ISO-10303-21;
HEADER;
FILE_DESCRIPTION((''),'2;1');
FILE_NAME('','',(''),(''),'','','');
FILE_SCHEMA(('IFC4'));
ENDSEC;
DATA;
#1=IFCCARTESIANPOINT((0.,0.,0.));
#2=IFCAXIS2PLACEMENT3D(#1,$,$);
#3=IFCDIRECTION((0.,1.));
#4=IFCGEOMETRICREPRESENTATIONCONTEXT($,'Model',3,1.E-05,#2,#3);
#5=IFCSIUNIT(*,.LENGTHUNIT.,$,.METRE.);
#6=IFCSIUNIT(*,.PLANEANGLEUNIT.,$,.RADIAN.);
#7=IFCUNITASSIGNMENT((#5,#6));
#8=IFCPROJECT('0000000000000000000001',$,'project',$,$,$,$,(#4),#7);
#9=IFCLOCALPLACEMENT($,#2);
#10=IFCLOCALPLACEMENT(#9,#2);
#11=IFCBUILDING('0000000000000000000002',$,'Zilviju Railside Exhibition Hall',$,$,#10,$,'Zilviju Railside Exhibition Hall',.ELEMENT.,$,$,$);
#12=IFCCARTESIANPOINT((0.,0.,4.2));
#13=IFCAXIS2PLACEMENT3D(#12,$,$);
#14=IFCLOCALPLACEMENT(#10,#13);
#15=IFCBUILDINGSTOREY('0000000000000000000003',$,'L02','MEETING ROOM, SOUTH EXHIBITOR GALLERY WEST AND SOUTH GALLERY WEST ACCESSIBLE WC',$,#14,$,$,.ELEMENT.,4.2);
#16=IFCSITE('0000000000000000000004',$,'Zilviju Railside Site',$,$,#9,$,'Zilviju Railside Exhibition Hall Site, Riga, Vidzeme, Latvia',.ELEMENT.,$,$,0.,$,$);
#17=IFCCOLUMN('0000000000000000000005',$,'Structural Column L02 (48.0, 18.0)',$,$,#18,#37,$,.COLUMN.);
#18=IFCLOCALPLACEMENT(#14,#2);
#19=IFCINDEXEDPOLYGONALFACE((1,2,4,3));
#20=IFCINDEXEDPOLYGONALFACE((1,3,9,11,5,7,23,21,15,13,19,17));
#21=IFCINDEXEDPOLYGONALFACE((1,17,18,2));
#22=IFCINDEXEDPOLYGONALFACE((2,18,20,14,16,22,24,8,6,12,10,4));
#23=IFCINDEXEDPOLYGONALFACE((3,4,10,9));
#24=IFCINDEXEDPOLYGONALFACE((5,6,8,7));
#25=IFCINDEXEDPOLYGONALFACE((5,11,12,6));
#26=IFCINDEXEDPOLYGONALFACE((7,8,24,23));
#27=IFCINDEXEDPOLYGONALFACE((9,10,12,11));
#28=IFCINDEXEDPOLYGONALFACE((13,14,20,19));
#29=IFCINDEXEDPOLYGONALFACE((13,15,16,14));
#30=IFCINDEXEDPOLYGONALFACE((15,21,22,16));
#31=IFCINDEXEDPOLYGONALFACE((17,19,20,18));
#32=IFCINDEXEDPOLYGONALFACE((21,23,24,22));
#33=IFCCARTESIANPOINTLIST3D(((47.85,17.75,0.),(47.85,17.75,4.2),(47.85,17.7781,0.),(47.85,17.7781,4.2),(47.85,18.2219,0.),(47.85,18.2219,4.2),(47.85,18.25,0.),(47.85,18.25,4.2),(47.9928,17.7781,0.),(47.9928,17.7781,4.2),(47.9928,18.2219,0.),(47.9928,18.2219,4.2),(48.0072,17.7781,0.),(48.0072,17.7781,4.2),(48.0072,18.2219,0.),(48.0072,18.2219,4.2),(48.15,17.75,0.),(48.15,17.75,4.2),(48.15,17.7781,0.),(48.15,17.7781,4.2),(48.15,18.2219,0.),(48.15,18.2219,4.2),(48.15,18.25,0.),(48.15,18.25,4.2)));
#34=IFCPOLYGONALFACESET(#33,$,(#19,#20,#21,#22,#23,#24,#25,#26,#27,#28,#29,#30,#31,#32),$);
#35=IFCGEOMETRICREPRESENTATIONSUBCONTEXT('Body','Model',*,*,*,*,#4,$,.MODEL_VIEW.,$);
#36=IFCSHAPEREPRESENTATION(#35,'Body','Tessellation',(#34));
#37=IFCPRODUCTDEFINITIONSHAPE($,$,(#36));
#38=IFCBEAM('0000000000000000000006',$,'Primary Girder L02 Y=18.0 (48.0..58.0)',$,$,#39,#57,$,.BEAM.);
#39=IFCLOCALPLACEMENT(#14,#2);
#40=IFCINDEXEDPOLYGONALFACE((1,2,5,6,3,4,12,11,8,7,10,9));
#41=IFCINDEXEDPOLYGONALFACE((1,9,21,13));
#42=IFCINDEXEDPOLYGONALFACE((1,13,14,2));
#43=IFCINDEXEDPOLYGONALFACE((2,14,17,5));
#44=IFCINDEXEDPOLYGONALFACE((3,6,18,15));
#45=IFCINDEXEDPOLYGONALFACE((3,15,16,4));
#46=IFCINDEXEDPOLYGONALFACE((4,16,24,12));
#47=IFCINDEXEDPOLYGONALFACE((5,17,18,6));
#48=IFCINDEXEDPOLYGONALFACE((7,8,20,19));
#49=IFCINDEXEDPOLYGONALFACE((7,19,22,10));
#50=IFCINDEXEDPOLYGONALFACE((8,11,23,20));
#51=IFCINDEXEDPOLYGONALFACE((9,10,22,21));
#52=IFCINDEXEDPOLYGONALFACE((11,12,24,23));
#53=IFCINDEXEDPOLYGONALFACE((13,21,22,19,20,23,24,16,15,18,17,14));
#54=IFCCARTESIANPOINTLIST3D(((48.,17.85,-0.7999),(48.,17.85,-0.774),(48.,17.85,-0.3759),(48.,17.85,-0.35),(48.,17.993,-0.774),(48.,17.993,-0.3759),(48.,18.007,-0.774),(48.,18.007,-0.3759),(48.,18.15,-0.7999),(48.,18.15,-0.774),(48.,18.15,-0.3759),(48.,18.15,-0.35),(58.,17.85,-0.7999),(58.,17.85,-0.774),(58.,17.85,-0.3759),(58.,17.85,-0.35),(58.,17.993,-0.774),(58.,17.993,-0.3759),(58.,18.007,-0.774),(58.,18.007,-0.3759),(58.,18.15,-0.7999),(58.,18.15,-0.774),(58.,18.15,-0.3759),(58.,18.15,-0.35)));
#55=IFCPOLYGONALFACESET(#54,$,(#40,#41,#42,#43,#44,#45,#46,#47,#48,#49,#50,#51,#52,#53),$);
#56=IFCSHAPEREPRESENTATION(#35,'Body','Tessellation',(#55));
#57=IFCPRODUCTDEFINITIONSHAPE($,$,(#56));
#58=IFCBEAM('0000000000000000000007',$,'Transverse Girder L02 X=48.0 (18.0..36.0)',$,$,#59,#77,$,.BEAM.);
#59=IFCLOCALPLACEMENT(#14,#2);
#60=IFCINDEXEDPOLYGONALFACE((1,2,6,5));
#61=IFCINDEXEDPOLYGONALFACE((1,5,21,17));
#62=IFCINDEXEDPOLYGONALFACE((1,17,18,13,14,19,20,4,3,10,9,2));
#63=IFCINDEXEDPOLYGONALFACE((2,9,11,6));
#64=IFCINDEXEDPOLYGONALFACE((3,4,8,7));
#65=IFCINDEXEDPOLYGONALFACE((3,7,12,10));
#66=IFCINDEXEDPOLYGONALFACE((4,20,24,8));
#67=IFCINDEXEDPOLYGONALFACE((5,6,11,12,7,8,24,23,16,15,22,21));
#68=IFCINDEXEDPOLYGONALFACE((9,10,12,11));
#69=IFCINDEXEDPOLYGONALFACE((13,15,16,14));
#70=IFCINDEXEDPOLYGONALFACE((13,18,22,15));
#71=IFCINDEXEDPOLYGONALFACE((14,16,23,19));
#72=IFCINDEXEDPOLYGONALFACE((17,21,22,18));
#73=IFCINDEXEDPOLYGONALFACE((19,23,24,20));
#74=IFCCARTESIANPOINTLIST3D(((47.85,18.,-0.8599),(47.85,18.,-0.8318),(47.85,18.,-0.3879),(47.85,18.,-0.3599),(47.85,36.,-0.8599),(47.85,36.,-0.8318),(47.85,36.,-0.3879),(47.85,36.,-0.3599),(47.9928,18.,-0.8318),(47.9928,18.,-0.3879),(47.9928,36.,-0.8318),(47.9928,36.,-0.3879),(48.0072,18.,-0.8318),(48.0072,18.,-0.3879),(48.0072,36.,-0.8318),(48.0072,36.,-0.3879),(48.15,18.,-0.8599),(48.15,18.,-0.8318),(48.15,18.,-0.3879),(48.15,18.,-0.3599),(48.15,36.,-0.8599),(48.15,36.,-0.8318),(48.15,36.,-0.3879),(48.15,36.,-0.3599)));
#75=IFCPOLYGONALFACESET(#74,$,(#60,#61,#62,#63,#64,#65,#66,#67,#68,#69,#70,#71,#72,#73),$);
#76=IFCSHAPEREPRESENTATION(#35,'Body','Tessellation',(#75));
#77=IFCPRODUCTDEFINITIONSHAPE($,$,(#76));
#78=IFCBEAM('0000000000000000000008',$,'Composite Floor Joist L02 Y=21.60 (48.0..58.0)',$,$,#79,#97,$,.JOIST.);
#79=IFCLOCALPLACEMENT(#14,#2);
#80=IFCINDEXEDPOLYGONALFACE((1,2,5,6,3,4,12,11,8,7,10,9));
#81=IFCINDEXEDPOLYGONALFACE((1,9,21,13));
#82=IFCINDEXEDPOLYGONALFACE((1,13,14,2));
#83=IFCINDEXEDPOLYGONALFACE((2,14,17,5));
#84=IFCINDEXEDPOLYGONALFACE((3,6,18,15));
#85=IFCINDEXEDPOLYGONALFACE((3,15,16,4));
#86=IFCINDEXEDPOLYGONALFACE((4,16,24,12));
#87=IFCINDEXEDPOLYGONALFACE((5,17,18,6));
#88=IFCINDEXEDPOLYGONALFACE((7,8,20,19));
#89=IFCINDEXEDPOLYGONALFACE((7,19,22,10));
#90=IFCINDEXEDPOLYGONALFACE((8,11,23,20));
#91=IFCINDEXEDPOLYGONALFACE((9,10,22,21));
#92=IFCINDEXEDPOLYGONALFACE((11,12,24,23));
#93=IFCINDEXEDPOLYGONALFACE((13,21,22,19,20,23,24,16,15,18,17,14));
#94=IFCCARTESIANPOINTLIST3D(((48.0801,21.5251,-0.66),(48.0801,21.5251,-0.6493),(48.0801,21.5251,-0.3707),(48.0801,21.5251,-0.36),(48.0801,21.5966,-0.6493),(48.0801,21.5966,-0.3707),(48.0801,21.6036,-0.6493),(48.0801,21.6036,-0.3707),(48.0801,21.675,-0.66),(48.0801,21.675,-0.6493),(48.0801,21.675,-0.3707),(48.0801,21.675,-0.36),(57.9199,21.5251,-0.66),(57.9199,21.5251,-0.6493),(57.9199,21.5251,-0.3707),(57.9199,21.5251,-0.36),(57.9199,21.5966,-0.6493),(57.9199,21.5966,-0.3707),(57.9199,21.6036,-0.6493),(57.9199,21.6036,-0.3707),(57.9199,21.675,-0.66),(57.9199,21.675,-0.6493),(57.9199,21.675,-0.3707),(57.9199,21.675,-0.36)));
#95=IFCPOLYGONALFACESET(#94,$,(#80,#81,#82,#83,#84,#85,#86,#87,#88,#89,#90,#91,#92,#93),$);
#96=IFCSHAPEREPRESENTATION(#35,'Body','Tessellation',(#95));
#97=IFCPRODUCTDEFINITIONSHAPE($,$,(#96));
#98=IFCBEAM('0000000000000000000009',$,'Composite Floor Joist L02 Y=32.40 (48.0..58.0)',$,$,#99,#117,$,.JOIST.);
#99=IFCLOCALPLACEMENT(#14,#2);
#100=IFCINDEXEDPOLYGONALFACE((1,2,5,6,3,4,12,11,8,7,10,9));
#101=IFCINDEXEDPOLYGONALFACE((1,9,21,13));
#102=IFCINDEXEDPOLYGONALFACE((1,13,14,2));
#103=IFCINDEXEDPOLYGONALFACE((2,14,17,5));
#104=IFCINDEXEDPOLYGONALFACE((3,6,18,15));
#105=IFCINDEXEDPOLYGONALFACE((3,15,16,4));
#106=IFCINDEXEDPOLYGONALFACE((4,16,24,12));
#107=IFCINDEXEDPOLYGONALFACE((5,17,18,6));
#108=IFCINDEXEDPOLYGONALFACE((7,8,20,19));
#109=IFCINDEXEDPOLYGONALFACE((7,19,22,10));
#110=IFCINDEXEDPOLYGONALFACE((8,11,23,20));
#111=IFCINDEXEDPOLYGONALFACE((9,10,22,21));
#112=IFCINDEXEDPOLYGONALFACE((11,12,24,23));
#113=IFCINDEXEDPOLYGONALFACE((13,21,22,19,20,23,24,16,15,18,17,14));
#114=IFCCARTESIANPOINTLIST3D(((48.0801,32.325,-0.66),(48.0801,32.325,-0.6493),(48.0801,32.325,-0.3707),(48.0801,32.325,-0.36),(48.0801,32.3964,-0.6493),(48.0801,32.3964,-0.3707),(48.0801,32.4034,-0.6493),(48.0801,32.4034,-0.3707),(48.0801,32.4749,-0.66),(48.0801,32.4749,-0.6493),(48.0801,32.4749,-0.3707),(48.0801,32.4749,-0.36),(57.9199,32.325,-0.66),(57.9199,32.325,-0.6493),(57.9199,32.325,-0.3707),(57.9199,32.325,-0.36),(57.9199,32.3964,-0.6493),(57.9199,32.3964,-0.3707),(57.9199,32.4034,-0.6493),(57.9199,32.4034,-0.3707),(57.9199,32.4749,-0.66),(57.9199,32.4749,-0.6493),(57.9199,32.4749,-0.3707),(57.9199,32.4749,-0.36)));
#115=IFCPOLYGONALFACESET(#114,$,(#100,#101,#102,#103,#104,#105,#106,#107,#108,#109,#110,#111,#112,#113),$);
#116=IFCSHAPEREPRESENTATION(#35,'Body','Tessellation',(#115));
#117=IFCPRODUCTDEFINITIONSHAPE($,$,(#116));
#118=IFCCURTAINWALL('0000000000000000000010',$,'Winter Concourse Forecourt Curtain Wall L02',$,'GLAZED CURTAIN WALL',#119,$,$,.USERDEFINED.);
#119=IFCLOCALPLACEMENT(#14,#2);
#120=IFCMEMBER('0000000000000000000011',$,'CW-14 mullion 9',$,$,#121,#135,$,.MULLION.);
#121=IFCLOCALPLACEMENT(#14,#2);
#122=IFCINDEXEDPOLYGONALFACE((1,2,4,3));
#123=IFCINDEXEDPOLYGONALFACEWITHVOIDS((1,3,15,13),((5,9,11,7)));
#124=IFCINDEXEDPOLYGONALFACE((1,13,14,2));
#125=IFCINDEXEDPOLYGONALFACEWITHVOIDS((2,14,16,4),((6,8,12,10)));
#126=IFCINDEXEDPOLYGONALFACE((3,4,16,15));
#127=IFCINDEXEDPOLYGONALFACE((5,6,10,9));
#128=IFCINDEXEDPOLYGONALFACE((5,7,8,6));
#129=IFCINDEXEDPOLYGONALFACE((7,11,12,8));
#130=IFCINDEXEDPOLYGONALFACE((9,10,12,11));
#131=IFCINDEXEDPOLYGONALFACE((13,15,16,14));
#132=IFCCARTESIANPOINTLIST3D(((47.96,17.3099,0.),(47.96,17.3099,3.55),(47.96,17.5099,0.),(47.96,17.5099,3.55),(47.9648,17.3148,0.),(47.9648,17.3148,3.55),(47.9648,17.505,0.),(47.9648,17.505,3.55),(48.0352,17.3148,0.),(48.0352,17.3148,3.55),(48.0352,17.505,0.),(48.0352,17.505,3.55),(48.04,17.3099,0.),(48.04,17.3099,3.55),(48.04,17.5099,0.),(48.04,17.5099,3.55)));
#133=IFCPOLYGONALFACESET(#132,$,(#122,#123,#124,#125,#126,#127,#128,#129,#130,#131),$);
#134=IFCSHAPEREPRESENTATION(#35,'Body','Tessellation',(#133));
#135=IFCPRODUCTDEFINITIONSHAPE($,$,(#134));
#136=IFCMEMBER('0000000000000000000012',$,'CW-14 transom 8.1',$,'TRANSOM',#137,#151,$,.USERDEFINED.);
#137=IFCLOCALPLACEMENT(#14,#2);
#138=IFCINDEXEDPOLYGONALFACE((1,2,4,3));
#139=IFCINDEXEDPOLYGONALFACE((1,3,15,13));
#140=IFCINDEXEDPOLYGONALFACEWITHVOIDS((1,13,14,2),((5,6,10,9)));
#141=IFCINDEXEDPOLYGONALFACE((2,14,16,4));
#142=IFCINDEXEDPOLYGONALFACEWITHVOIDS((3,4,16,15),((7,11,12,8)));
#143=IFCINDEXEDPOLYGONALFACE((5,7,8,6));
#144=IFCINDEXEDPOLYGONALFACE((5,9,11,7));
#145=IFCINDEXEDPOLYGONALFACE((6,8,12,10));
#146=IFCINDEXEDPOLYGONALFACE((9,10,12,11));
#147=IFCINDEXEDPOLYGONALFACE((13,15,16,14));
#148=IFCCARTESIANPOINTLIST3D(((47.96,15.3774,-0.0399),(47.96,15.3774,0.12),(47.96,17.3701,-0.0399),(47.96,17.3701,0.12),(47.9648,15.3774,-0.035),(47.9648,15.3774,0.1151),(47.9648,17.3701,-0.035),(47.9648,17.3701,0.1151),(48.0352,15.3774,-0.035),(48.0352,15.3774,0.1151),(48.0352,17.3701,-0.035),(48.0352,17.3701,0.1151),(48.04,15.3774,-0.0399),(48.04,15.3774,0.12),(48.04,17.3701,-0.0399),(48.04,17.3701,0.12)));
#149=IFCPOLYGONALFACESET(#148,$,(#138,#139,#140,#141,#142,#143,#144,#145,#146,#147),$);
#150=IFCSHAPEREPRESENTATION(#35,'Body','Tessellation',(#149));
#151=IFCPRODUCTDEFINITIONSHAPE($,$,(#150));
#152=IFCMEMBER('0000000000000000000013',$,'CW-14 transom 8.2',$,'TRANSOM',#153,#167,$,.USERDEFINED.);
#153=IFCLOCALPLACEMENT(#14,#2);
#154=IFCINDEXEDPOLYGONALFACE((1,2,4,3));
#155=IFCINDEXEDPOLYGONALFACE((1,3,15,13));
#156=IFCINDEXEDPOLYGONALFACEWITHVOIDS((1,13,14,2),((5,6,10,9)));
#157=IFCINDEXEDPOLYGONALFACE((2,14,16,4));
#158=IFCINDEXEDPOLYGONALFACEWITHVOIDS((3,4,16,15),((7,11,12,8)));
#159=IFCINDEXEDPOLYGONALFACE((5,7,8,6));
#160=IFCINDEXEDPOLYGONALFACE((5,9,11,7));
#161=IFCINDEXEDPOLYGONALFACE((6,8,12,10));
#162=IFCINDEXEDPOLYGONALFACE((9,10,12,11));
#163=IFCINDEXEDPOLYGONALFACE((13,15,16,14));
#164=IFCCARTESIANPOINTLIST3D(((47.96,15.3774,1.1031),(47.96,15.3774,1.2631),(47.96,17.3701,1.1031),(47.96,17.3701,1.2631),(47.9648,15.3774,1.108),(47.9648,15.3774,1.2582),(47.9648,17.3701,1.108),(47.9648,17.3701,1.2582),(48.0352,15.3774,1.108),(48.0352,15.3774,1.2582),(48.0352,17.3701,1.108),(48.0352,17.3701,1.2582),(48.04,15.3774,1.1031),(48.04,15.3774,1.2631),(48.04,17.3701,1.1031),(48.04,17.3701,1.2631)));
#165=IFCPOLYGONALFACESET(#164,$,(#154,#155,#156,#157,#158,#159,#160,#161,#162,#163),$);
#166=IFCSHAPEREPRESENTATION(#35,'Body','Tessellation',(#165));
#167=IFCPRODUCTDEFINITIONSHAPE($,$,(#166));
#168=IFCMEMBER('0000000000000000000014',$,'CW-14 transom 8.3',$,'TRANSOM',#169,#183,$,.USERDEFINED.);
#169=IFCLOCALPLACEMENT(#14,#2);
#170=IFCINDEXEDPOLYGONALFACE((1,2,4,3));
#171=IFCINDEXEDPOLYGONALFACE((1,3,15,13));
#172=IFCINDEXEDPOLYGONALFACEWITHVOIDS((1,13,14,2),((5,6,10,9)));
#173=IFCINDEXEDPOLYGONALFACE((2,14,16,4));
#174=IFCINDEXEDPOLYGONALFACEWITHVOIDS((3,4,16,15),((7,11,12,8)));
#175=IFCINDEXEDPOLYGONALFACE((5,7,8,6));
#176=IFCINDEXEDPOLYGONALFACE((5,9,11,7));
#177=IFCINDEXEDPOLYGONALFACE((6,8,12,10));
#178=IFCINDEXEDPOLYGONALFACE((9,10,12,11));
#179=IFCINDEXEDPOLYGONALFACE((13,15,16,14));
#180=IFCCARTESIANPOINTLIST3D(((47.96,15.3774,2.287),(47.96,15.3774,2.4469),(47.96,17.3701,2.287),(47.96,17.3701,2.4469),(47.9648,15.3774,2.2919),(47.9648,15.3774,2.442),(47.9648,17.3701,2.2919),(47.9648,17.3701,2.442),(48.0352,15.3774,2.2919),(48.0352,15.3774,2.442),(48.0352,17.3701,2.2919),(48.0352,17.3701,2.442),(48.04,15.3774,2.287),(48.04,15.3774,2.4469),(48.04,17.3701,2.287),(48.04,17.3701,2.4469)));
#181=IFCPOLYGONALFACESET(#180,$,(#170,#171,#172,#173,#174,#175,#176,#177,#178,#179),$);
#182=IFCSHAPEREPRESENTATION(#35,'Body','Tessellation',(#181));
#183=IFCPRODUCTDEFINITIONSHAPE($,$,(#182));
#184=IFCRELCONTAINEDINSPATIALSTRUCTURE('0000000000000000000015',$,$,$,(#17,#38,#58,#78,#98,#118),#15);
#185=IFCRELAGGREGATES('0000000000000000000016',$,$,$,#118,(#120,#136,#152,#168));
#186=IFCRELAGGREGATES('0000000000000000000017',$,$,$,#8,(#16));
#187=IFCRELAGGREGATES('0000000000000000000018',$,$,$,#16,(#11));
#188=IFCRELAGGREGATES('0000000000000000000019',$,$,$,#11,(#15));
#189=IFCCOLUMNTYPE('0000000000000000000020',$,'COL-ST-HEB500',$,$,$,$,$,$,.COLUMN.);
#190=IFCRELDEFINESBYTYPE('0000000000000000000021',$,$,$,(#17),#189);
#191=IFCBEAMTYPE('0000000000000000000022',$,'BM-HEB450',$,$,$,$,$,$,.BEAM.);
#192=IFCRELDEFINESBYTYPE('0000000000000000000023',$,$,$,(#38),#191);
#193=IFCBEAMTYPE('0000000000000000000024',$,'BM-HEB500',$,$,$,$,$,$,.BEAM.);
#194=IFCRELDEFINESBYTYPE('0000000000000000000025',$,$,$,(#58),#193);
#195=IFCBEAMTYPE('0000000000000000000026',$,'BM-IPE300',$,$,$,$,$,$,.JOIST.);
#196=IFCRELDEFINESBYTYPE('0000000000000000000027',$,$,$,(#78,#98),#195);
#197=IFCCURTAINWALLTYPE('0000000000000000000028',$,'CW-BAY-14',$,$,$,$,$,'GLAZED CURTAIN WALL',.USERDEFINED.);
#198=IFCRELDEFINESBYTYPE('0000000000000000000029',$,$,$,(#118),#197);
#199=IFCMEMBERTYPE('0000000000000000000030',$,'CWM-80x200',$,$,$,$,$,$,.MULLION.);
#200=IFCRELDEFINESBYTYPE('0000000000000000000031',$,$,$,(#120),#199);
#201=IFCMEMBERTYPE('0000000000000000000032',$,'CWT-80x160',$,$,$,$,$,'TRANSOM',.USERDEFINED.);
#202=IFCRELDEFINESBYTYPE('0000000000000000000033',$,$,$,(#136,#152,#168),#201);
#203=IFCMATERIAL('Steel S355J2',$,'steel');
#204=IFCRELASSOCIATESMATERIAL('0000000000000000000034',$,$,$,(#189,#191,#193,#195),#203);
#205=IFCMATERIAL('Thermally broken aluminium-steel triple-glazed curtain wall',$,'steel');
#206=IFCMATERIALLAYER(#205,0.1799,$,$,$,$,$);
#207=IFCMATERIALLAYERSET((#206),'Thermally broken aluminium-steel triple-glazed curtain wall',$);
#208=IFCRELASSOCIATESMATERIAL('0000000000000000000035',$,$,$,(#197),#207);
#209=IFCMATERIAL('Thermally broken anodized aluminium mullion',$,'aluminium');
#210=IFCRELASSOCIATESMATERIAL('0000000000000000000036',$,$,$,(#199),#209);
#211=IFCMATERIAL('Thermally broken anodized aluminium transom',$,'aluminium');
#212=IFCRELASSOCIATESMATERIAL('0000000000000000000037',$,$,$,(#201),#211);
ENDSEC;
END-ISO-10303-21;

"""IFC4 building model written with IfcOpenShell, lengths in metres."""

from ifc_helpers import new_model, si_unit, direction, frame, origin, origin_2d, place, context, subcontext, project, spatial, hollow_rectangle, i_section, extrude, material, layer, layer_set, material_profile, profile_set, type_object, element, aggregate, save


model = new_model("IFC4")

# Units and contexts
model_context = context("Model", 3, precision=1e-05, world=origin(), true_north=direction((0.0, 1.0)))
body_context = subcontext(model_context, "Body", "Model", "MODEL_VIEW")
ifc_project = project(units=[si_unit("LENGTHUNIT", "METRE"), si_unit("PLANEANGLEUNIT", "RADIAN")], contexts=[model_context])

# Site, building, storey
site_placement = place(None, origin())
site = spatial("IfcSite", under=ifc_project, at=site_placement, Name="Zilviju Railside Site", LongName="Zilviju Railside Exhibition Hall Site, Riga, Vidzeme, Latvia", CompositionType="ELEMENT", RefElevation=0.0)
building_placement = place(site_placement, origin())
building = spatial("IfcBuilding", under=site, at=building_placement, Name="Zilviju Railside Exhibition Hall", LongName="Zilviju Railside Exhibition Hall", CompositionType="ELEMENT")
storey_placement = place(building_placement, frame((0.0, 0.0, 4.2)))
storey = spatial("IfcBuildingStorey", under=building, at=storey_placement, Name="L02", Description="MEETING ROOM, SOUTH EXHIBITOR GALLERY WEST AND SOUTH GALLERY WEST ACCESSIBLE WC", CompositionType="ELEMENT", Elevation=4.2)

# Column
ifc_material_1 = material(Name="Steel S355J2", Category="steel")
ifc_material_profile_1 = material_profile(ifc_material_1, i_section(OverallWidth=0.3, OverallDepth=0.5, WebThickness=0.0144, FlangeThickness=0.0281, at=origin_2d()), Name="HEB 500")
ifc_profile_set_1 = profile_set([ifc_material_profile_1], Name="Steel S355J2")
column_type = type_object("IfcColumnType", Name="COL-ST-HEB500", PredefinedType="COLUMN", material=ifc_profile_set_1)
column_placement = place(storey_placement, frame((48.0, 18.0, 0.0), z_axis=(0.0, 0.0, 1.0), x_axis=(1.0, 0.0, 0.0)))
element("IfcColumn", 1, at=column_placement, inside=storey, type_object=column_type, Name="Structural Column L02 (48.0, 18.0)", PredefinedType="COLUMN", context=body_context, shape_type="SweptSolid", body=[
    extrude(i_section(OverallWidth=0.3, OverallDepth=0.5, WebThickness=0.0144, FlangeThickness=0.0281, at=origin_2d()), origin(), (0.0, 0.0, 1.0), 4.2),
])

# Beams
ifc_material_profile_2 = material_profile(ifc_material_1, i_section(OverallWidth=0.3, OverallDepth=0.45, WebThickness=0.0139, FlangeThickness=0.0259, at=origin_2d()), Name="HEB 450")
ifc_profile_set_2 = profile_set([ifc_material_profile_2], Name="Steel S355J2")
beam_type_1 = type_object("IfcBeamType", Name="BM-HEB450", PredefinedType="BEAM", material=ifc_profile_set_2)
beam_1_placement = place(storey_placement, frame((48.0, 18.0, -0.575), z_axis=(1.0, 0.0, 0.0), x_axis=(0.0, 1.0, 0.0)))
element("IfcBeam", 2, at=beam_1_placement, inside=storey, type_object=beam_type_1, Name="Primary Girder L02 Y=18.0 (48.0..58.0)", PredefinedType="BEAM", context=body_context, shape_type="SweptSolid", body=[
    extrude(i_section(OverallWidth=0.3, OverallDepth=0.45, WebThickness=0.0139, FlangeThickness=0.0259, at=origin_2d()), origin(), (0.0, 0.0, 1.0), 10.0),
])
ifc_material_profile_3 = material_profile(ifc_material_1, i_section(OverallWidth=0.3, OverallDepth=0.5, WebThickness=0.0144, FlangeThickness=0.0281, at=origin_2d()), Name="HEB 500")
ifc_profile_set_3 = profile_set([ifc_material_profile_3], Name="Steel S355J2")
beam_type_2 = type_object("IfcBeamType", Name="BM-HEB500", PredefinedType="BEAM", material=ifc_profile_set_3)
beam_2_placement = place(storey_placement, frame((48.0, 18.0, -0.6099), z_axis=(0.0, 1.0, 0.0), x_axis=(-1.0, 0.0, 0.0)))
element("IfcBeam", 3, at=beam_2_placement, inside=storey, type_object=beam_type_2, Name="Transverse Girder L02 X=48.0 (18.0..36.0)", PredefinedType="BEAM", context=body_context, shape_type="SweptSolid", body=[
    extrude(i_section(OverallWidth=0.3, OverallDepth=0.5, WebThickness=0.0144, FlangeThickness=0.0281, at=origin_2d()), origin(), (0.0, 0.0, 1.0), 18.0),
])
ifc_material_profile_4 = material_profile(ifc_material_1, i_section(OverallWidth=0.1499, OverallDepth=0.3, WebThickness=0.0071, FlangeThickness=0.0107, at=origin_2d()), Name="IPE 300")
ifc_profile_set_4 = profile_set([ifc_material_profile_4], Name="Steel S355J2")
beam_type_3 = type_object("IfcBeamType", Name="BM-IPE300", PredefinedType="JOIST", material=ifc_profile_set_4)
for number, where, z_axis, x_axis, name in (
    (4, (48.0801, 21.6001, -0.51), (1.0, 0.0, 0.0), (0.0, 1.0, 0.0), "Composite Floor Joist L02 Y=21.60 (48.0..58.0)"),
    (5, (48.0801, 32.3999, -0.51), (1.0, 0.0, 0.0), (0.0, 1.0, 0.0), "Composite Floor Joist L02 Y=32.40 (48.0..58.0)"),
):
    element("IfcBeam", number, at=place(storey_placement, frame(where, z_axis=z_axis, x_axis=x_axis)), inside=storey, type_object=beam_type_3, Name=name, PredefinedType="JOIST", context=body_context, shape_type="SweptSolid", body=[
        extrude(i_section(OverallWidth=0.1499, OverallDepth=0.3, WebThickness=0.0071, FlangeThickness=0.0107, at=origin_2d()), origin(), (0.0, 0.0, 1.0), 9.8398),
    ])

# Curtain wall, members
ifc_material_2 = material(Name="Thermally broken aluminium-steel triple-glazed curtain wall", Category="steel")
ifc_layer_1 = layer(ifc_material_2, 0.1799)
ifc_layer_set_1 = layer_set([ifc_layer_1], Name="Thermally broken aluminium-steel triple-glazed curtain wall")
curtain_wall_type = type_object("IfcCurtainWallType", Name="CW-BAY-14", ElementType="GLAZED CURTAIN WALL", PredefinedType="USERDEFINED", material=ifc_layer_set_1)
curtain_wall_placement = place(storey_placement, origin())
curtain_wall = element("IfcCurtainWall", 6, at=curtain_wall_placement, inside=storey, type_object=curtain_wall_type, Name="Winter Concourse Forecourt Curtain Wall L02", ObjectType="GLAZED CURTAIN WALL", PredefinedType="USERDEFINED")
ifc_material_3 = material(Name="Thermally broken anodized aluminium mullion", Category="aluminium")
ifc_material_profile_5 = material_profile(ifc_material_3, hollow_rectangle(XDim=0.0801, YDim=0.2, WallThickness=0.0049, at=origin_2d()), Name="MULLION 200x80x5")
ifc_profile_set_5 = profile_set([ifc_material_profile_5], Name="Thermally broken anodized aluminium mullion")
member_type_1 = type_object("IfcMemberType", Name="CWM-80x200", PredefinedType="MULLION", material=ifc_profile_set_5)
member_1_placement = place(storey_placement, frame((48.0, 17.4099, 0.0), z_axis=(0.0, 0.0, 1.0), x_axis=(-1.0, 0.0, 0.0)))
member_1 = element("IfcMember", 7, at=member_1_placement, type_object=member_type_1, Name="CW-14 mullion 9", PredefinedType="MULLION", context=body_context, shape_type="SweptSolid", body=[
    extrude(hollow_rectangle(XDim=0.0801, YDim=0.2, WallThickness=0.0049, at=origin_2d()), origin(), (0.0, 0.0, 1.0), 3.55),
])
ifc_material_4 = material(Name="Thermally broken anodized aluminium transom", Category="aluminium")
ifc_material_profile_6 = material_profile(ifc_material_4, hollow_rectangle(XDim=0.0801, YDim=0.1599, WallThickness=0.0049, at=origin_2d()), Name="TRANSOM 160x80x5")
ifc_profile_set_6 = profile_set([ifc_material_profile_6], Name="Thermally broken anodized aluminium transom")
member_type_2 = type_object("IfcMemberType", Name="CWT-80x160", ElementType="TRANSOM", PredefinedType="USERDEFINED", material=ifc_profile_set_6)
member_2_placement = place(storey_placement, frame((48.0, 15.3774, 0.04), z_axis=(0.0, 1.0, 0.0), x_axis=(-1.0, 0.0, 0.0)))
member_2 = element("IfcMember", 8, at=member_2_placement, type_object=member_type_2, Name="CW-14 transom 8.1", ObjectType="TRANSOM", PredefinedType="USERDEFINED", context=body_context, shape_type="SweptSolid", body=[
    extrude(hollow_rectangle(XDim=0.0801, YDim=0.1599, WallThickness=0.0049, at=origin_2d()), origin(), (0.0, 0.0, 1.0), 1.9927),
])
member_3_placement = place(storey_placement, frame((48.0, 15.3774, 1.1831), z_axis=(0.0, 1.0, 0.0), x_axis=(-1.0, 0.0, 0.0)))
member_3 = element("IfcMember", 9, at=member_3_placement, type_object=member_type_2, Name="CW-14 transom 8.2", ObjectType="TRANSOM", PredefinedType="USERDEFINED", context=body_context, shape_type="SweptSolid", body=[
    extrude(hollow_rectangle(XDim=0.0801, YDim=0.1599, WallThickness=0.0049, at=origin_2d()), origin(), (0.0, 0.0, 1.0), 1.9927),
])
member_4_placement = place(storey_placement, frame((48.0, 15.3774, 2.3669), z_axis=(0.0, 1.0, 0.0), x_axis=(-1.0, 0.0, 0.0)))
member_4 = element("IfcMember", 10, at=member_4_placement, type_object=member_type_2, Name="CW-14 transom 8.3", ObjectType="TRANSOM", PredefinedType="USERDEFINED", context=body_context, shape_type="SweptSolid", body=[
    extrude(hollow_rectangle(XDim=0.0801, YDim=0.1599, WallThickness=0.0049, at=origin_2d()), origin(), (0.0, 0.0, 1.0), 1.9927),
])
aggregate(curtain_wall, [member_1, member_2, member_3, member_4])

save(model, "model.ifc")
